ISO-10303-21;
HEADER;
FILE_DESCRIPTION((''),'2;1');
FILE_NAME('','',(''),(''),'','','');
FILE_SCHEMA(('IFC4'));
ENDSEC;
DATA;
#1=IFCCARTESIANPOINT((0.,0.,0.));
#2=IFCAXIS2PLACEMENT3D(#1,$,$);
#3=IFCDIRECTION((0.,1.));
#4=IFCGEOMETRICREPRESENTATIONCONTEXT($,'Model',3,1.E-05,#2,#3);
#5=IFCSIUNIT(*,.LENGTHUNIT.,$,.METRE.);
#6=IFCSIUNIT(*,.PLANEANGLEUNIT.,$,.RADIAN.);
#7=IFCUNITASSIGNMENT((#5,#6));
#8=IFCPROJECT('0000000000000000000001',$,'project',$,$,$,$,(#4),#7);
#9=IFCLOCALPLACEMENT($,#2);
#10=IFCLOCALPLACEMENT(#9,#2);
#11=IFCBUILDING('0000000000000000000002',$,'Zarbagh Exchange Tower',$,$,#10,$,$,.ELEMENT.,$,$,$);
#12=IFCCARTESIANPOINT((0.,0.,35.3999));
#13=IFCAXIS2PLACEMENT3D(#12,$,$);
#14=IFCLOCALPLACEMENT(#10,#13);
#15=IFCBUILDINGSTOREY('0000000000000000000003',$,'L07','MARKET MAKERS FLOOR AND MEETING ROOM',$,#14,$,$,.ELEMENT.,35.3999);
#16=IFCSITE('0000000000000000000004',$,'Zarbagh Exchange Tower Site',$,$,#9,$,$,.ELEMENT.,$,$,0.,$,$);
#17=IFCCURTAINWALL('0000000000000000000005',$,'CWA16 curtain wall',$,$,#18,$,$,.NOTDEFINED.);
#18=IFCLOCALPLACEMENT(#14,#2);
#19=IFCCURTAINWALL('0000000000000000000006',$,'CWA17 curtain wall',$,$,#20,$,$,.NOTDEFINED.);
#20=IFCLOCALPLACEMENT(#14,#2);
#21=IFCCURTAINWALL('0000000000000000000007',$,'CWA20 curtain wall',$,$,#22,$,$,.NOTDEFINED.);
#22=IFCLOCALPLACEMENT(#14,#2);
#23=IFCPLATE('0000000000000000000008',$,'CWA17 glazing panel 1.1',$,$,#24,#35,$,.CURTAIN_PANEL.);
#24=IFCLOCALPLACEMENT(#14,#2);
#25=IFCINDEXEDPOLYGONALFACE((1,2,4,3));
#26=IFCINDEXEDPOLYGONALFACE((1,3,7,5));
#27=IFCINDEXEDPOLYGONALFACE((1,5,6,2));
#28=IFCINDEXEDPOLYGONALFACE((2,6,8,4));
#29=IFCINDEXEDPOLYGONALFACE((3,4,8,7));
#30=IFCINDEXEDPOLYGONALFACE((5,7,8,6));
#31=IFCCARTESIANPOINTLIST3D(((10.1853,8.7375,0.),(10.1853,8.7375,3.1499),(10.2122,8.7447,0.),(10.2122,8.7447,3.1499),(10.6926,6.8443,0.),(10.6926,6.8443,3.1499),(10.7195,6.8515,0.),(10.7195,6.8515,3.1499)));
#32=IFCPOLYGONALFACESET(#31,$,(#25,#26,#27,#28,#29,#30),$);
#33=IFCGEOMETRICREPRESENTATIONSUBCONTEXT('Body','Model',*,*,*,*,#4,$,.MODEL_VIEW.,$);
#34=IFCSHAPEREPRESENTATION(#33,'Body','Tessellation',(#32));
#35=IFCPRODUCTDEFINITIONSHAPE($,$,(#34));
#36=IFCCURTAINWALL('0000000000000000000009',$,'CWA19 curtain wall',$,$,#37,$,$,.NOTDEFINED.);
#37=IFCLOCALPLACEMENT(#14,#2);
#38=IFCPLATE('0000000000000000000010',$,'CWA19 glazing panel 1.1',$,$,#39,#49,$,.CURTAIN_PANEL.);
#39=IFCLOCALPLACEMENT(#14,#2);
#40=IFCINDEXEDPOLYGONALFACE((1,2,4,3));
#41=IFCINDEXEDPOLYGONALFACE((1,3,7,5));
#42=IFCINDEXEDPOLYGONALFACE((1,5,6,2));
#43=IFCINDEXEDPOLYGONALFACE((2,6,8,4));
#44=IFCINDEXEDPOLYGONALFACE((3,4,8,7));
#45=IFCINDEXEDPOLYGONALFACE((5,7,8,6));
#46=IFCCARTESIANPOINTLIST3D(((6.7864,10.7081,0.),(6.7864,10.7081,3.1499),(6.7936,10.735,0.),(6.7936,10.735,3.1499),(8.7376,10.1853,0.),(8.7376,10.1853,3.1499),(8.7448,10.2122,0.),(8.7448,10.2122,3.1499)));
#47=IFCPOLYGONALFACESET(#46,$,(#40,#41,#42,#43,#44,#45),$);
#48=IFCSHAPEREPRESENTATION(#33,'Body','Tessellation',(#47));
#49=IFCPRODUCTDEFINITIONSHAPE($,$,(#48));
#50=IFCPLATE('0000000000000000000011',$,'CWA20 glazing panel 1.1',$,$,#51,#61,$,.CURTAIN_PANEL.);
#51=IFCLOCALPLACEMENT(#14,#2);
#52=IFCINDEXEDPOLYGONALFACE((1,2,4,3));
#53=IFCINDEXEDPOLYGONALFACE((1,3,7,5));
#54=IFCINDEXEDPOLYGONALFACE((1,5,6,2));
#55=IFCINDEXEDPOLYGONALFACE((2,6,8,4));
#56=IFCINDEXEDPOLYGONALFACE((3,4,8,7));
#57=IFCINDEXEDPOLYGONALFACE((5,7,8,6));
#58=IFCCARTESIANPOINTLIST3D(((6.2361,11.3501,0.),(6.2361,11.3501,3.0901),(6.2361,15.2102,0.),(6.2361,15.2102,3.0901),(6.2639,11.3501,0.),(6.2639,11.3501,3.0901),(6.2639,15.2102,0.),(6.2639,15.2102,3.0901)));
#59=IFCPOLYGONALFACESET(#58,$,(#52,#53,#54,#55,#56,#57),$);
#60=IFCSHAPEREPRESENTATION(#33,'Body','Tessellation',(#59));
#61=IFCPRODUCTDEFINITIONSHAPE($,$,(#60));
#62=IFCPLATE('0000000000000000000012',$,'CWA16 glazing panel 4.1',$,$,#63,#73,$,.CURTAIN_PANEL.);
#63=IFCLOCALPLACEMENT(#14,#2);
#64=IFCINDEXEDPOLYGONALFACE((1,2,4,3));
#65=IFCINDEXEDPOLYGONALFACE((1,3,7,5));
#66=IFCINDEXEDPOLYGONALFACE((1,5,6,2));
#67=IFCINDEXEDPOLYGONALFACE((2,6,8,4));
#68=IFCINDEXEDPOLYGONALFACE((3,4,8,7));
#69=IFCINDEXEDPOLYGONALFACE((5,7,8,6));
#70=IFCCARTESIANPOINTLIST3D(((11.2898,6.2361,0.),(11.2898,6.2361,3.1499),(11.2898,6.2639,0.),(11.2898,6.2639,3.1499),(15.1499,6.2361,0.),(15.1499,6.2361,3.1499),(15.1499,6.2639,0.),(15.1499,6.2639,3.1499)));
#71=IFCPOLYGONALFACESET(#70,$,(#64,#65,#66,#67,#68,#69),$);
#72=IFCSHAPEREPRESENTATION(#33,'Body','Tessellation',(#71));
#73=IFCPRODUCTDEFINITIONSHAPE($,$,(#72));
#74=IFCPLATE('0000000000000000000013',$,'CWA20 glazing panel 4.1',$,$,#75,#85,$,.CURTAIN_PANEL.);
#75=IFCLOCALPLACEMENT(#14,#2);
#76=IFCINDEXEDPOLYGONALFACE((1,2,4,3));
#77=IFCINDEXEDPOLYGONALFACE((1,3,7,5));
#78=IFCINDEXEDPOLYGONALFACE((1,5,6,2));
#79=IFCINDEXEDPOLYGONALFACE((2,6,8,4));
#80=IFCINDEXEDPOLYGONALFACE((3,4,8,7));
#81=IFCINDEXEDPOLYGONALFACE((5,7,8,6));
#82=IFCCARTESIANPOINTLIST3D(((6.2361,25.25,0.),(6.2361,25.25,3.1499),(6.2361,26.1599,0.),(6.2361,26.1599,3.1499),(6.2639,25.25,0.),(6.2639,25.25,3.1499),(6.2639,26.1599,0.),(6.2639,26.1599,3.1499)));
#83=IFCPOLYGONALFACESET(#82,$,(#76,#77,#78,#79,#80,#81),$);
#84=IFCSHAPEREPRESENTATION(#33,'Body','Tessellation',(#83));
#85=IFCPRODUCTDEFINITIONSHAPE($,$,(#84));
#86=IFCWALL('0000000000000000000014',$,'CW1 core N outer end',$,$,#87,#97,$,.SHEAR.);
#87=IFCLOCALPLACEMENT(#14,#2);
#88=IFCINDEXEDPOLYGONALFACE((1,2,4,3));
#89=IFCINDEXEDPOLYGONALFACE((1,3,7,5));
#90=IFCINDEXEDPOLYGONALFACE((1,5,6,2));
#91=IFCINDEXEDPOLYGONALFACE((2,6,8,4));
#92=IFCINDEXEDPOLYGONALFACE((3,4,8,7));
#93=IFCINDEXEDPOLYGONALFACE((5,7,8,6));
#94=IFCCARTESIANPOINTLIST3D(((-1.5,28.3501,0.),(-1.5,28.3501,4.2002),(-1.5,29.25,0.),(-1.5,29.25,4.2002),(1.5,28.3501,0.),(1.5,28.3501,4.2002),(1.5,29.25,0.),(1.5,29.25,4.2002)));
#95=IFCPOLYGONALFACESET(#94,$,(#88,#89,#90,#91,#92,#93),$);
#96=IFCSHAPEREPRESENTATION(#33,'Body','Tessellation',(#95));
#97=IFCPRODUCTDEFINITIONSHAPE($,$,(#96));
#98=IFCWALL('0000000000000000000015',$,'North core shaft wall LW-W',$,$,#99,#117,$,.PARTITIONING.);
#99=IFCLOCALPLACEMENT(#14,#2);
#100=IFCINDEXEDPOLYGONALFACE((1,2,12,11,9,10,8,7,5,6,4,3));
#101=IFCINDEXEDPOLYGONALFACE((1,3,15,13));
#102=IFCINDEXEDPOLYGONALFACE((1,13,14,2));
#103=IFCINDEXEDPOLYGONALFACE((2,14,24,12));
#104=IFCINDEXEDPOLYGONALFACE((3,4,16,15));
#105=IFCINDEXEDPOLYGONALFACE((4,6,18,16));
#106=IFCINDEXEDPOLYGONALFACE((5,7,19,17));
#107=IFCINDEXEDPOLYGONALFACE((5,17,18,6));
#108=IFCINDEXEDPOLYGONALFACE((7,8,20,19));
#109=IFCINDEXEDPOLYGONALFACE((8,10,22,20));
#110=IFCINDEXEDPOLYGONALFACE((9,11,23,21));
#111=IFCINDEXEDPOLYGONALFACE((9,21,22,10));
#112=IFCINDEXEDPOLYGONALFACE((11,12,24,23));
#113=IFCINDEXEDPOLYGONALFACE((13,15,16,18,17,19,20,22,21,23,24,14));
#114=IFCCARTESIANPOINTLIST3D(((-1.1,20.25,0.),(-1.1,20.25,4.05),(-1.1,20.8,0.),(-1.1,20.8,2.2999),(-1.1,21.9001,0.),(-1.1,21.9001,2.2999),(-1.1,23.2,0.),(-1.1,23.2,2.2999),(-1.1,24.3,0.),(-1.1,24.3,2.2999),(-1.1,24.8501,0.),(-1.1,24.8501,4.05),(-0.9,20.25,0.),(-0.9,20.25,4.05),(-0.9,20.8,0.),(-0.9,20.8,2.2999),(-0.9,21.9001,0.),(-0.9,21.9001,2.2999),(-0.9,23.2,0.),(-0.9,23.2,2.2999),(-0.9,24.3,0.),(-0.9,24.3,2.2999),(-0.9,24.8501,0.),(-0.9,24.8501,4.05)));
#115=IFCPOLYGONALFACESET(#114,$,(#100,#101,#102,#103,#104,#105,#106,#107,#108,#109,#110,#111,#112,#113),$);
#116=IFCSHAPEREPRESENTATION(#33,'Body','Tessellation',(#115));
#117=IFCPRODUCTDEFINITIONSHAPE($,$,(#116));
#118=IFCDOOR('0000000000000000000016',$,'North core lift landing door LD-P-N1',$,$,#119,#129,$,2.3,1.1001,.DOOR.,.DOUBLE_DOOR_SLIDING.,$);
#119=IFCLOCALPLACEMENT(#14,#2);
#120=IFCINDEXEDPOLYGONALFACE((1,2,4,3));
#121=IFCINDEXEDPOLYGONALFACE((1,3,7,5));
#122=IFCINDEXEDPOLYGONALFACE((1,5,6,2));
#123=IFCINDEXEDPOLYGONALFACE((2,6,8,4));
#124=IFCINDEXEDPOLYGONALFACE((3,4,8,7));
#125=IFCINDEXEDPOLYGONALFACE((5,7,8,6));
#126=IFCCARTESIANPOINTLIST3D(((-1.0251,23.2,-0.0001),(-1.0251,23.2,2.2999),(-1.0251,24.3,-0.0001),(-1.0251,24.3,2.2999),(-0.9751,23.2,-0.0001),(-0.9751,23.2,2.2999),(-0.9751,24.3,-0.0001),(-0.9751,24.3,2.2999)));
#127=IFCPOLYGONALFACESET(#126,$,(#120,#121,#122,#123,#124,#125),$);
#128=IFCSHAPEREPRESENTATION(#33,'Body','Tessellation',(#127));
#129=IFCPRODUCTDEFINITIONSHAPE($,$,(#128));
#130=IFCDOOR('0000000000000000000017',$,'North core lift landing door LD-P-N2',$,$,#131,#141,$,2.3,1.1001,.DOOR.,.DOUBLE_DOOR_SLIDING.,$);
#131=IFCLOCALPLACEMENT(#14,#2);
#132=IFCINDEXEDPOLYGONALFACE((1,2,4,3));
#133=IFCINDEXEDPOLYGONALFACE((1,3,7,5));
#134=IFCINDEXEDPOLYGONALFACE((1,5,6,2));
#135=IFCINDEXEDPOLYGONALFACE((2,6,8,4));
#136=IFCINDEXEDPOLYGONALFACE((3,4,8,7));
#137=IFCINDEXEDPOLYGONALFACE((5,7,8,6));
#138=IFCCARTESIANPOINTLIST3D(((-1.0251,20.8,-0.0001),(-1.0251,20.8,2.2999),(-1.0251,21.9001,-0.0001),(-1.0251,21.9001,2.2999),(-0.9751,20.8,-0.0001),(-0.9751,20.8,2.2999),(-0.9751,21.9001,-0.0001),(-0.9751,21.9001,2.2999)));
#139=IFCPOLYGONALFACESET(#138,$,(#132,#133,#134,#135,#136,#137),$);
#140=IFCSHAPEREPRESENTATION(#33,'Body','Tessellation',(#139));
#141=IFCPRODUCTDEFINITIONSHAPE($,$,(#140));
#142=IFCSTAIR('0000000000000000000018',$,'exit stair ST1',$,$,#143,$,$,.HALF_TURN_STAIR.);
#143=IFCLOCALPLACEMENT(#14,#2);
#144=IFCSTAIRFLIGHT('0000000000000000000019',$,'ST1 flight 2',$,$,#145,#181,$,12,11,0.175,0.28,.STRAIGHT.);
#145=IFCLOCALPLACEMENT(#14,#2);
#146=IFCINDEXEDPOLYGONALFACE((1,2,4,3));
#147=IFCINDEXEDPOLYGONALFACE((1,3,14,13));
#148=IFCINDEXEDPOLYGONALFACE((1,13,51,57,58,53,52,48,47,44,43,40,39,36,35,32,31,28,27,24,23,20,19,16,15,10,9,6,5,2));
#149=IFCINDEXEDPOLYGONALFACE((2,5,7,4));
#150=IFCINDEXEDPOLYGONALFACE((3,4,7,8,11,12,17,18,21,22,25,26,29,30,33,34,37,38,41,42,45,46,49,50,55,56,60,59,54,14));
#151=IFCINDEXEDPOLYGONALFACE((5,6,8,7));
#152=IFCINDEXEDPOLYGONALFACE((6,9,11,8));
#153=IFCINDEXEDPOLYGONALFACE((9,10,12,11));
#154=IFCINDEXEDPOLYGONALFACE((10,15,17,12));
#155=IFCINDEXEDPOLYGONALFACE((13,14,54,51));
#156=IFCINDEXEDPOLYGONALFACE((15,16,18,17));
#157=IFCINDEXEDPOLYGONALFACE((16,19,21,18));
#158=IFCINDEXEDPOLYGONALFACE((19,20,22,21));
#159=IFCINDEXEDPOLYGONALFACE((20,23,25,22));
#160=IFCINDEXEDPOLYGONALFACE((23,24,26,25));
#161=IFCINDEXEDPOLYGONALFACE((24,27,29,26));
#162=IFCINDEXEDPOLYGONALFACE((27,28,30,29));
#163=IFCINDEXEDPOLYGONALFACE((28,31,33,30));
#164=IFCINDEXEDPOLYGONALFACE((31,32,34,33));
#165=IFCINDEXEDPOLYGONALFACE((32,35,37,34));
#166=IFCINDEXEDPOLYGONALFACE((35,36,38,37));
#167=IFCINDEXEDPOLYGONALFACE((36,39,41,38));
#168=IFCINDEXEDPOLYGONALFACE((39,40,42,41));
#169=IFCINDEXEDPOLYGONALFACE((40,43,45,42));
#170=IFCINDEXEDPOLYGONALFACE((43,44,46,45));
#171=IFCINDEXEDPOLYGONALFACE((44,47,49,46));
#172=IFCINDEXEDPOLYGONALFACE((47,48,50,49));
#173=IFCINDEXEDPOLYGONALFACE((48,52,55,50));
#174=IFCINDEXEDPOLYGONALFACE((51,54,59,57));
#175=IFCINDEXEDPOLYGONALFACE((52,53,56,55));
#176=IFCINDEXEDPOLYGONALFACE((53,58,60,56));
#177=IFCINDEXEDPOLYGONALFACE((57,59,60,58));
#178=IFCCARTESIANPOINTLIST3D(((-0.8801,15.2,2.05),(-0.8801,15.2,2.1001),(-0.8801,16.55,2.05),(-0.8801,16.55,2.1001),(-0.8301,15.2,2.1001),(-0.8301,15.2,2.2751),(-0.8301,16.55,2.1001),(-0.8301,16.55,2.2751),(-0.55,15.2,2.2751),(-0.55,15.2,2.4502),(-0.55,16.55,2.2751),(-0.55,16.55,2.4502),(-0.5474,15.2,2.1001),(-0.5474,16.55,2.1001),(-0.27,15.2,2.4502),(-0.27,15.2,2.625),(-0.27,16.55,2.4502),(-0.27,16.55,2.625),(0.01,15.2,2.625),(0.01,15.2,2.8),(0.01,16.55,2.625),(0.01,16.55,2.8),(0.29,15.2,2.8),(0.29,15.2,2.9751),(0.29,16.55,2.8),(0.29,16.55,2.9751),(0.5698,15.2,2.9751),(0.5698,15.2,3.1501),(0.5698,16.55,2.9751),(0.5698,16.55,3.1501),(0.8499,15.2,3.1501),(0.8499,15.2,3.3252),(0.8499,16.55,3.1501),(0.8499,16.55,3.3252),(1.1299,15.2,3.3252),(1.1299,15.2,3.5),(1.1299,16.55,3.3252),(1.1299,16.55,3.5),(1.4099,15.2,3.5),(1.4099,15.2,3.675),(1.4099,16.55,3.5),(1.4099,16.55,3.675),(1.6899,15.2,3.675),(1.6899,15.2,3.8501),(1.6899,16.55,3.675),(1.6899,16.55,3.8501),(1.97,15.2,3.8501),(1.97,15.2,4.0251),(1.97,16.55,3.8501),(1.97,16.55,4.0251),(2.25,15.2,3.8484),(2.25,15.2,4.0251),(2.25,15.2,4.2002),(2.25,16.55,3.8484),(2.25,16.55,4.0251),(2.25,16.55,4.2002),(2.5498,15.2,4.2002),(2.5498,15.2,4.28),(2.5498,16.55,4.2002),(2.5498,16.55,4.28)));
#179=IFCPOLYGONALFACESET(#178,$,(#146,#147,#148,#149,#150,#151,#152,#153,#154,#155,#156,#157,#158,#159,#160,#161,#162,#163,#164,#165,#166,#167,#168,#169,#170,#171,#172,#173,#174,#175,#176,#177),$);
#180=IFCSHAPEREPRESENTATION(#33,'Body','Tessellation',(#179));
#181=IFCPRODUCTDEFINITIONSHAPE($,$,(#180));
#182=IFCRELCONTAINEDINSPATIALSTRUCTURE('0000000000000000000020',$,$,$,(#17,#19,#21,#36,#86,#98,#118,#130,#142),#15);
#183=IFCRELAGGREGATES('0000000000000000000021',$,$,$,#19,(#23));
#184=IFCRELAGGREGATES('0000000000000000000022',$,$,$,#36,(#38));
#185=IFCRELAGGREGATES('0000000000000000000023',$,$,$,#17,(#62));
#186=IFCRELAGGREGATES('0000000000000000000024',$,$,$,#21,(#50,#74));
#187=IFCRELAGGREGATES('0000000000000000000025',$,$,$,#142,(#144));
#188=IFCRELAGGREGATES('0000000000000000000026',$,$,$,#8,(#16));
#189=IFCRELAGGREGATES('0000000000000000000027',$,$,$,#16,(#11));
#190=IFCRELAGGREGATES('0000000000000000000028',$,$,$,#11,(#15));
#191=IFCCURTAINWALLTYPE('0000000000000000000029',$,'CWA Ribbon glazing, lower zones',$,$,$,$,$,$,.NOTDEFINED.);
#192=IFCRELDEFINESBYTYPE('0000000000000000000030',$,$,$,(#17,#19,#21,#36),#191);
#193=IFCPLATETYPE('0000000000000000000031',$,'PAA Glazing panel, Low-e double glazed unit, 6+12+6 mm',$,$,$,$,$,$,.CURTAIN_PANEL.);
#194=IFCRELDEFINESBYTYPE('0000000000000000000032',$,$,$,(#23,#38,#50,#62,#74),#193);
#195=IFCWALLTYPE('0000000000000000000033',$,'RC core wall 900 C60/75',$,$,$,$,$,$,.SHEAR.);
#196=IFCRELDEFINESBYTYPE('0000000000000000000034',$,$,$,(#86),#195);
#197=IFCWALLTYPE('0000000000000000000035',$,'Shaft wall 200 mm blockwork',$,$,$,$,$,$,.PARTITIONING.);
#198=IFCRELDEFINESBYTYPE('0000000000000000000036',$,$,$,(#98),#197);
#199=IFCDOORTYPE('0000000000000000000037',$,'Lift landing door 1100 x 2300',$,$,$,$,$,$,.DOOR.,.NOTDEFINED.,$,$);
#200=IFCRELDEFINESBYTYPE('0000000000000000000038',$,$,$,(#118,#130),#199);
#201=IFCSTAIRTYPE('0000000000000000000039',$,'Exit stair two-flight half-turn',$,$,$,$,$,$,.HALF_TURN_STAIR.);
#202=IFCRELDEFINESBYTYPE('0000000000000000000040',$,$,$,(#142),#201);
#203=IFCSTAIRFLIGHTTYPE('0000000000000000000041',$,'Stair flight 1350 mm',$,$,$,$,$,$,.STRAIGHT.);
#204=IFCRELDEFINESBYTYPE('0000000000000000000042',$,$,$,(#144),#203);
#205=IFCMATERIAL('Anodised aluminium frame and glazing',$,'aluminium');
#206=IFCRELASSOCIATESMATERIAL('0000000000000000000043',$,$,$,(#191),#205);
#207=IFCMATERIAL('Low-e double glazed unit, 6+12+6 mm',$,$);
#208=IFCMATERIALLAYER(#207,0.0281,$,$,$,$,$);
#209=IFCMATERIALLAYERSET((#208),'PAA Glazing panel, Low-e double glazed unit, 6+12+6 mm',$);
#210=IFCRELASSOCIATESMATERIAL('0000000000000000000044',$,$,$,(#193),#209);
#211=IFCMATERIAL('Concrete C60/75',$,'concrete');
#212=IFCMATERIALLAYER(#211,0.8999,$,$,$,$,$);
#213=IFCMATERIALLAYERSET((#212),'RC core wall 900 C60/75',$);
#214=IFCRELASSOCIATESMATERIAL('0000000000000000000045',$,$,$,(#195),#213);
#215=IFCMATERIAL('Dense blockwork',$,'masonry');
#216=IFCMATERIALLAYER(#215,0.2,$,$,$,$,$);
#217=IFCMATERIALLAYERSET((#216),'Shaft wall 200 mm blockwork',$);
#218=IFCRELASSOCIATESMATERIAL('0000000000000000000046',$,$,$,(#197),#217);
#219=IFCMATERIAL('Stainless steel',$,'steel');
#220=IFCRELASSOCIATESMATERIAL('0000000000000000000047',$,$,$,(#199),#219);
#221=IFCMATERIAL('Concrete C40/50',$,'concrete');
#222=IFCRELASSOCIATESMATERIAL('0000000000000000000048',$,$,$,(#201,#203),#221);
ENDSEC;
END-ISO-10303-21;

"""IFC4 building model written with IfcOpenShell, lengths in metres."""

from ifc_helpers import new_model, si_unit, direction, frame, frame_2d, origin, place, context, subcontext, project, spatial, polyline, rectangle, outline, extrude, source, transform, mapped, material, layer, layer_set, type_object, element, fill, aggregate, save


model = new_model("IFC4")

# Units and contexts
model_context = context("Model", 3, precision=1e-05, world=origin(), true_north=direction((0.0, 1.0)))
body_context = subcontext(model_context, "Body", "Model", "MODEL_VIEW")
ifc_project = project(units=[si_unit("LENGTHUNIT", "METRE"), si_unit("PLANEANGLEUNIT", "RADIAN")], contexts=[model_context])

# Site, building, storey
site_placement = place(None, origin())
site = spatial("IfcSite", under=ifc_project, at=site_placement, Name="Zarbagh Exchange Tower Site", CompositionType="ELEMENT", RefElevation=0.0)
building_placement = place(site_placement, origin())
building = spatial("IfcBuilding", under=site, at=building_placement, Name="Zarbagh Exchange Tower", CompositionType="ELEMENT")
storey_placement = place(building_placement, frame((0.0, 0.0, 35.3999)))
storey = spatial("IfcBuildingStorey", under=building, at=storey_placement, Name="L07", Description="MARKET MAKERS FLOOR AND MEETING ROOM", CompositionType="ELEMENT", Elevation=35.3999)

# Shared definitions
ifc_material_1 = material(Name="Concrete C60/75", Category="concrete")

# Curtain wall
ifc_material_2 = material(Name="Anodised aluminium frame and glazing", Category="aluminium")
curtain_wall_type = type_object("IfcCurtainWallType", Name="CWA Ribbon glazing, lower zones", PredefinedType="NOTDEFINED", material=ifc_material_2)
curtain_wall_1_placement = place(storey_placement, origin())
curtain_wall_1 = element("IfcCurtainWall", 1, at=curtain_wall_1_placement, inside=storey, type_object=curtain_wall_type, Name="CWA16 curtain wall", PredefinedType="NOTDEFINED")
placement = place(storey_placement, origin())

# Curtain wall
curtain_wall_2_placement = place(storey_placement, origin())
curtain_wall_2 = element("IfcCurtainWall", 2, at=curtain_wall_2_placement, inside=storey, type_object=curtain_wall_type, Name="CWA17 curtain wall", PredefinedType="NOTDEFINED")

# Curtain wall
curtain_wall_3_placement = place(storey_placement, origin())
curtain_wall_3 = element("IfcCurtainWall", 3, at=curtain_wall_3_placement, inside=storey, type_object=curtain_wall_type, Name="CWA20 curtain wall", PredefinedType="NOTDEFINED")

# Shared definitions
ifc_material_3 = material(Name="Low-e double glazed unit, 6+12+6 mm")
ifc_layer_1 = layer(ifc_material_3, 0.0281)
ifc_layer_set_1 = layer_set([ifc_layer_1], Name="PAA Glazing panel, Low-e double glazed unit, 6+12+6 mm")
plate_type = type_object("IfcPlateType", Name="PAA Glazing panel, Low-e double glazed unit, 6+12+6 mm", PredefinedType="CURTAIN_PANEL", material=ifc_layer_set_1)

# Plate
shared_shape_1 = source(origin(), body_context, "Body", "SweptSolid", [
    extrude(outline(polyline([(0.0, -0.0139), (1.96, -0.0139), (1.96, 0.0139), (0.0, 0.0139), (0.0, -0.0139)])), origin(), (0.0, 0.0, 1.0), 3.1499),
])
plate_1 = element("IfcPlate", 4, at=placement, type_object=plate_type, Name="CWA17 glazing panel 1.1", PredefinedType="CURTAIN_PANEL", context=body_context, shape_type="MappedRepresentation", body=[
    mapped(shared_shape_1, transform((10.7061, 6.8479, 0.0), x_axis=(-0.258825, 0.965924, 0.0), y_axis=(-0.965924, -0.258825, 0.0), z_axis=(0.0, 0.0, 1.0))),
])
aggregate(curtain_wall_2, [plate_1])

# Curtain wall, plate
curtain_wall_4_placement = place(storey_placement, origin())
curtain_wall_4 = element("IfcCurtainWall", 5, at=curtain_wall_4_placement, inside=storey, type_object=curtain_wall_type, Name="CWA19 curtain wall", PredefinedType="NOTDEFINED")
shared_shape_2 = source(origin(), body_context, "Body", "SweptSolid", [
    extrude(outline(polyline([(0.0, -0.0139), (2.02, -0.0139), (2.02, 0.0139), (0.0, 0.0139), (0.0, -0.0139)])), origin(), (0.0, 0.0, 1.0), 3.1499),
])
plate_2 = element("IfcPlate", 6, at=placement, type_object=plate_type, Name="CWA19 glazing panel 1.1", PredefinedType="CURTAIN_PANEL", context=body_context, shape_type="MappedRepresentation", body=[
    mapped(shared_shape_2, transform((8.7412, 10.1987, 0.0), x_axis=(-0.965924, 0.258825, 0.0), y_axis=(-0.258825, -0.965924, 0.0), z_axis=(0.0, 0.0, 1.0))),
])
aggregate(curtain_wall_4, [plate_2])

# Plates
shared_shape_3 = source(origin(), body_context, "Body", "SweptSolid", [
    extrude(outline(polyline([(0.0, -0.0139), (3.8601, -0.0139), (3.8601, 0.0139), (0.0, 0.0139), (0.0, -0.0139)])), origin(), (0.0, 0.0, 1.0), 3.0901),
])
plate_3 = element("IfcPlate", 7, at=placement, type_object=plate_type, Name="CWA20 glazing panel 1.1", PredefinedType="CURTAIN_PANEL", context=body_context, shape_type="MappedRepresentation", body=[
    mapped(shared_shape_3, transform((6.25, 11.3501, 0.0), x_axis=(0.0, 1.0, 0.0), y_axis=(-1.0, 0.0, 0.0), z_axis=(0.0, 0.0, 1.0))),
])
shared_shape_4 = source(origin(), body_context, "Body", "SweptSolid", [
    extrude(outline(polyline([(0.0, -0.0139), (3.8601, -0.0139), (3.8601, 0.0139), (0.0, 0.0139), (0.0, -0.0139)])), origin(), (0.0, 0.0, 1.0), 3.1499),
])
plate_4 = element("IfcPlate", 8, at=placement, type_object=plate_type, Name="CWA16 glazing panel 4.1", PredefinedType="CURTAIN_PANEL", context=body_context, shape_type="MappedRepresentation", body=[
    mapped(shared_shape_4, transform((15.1499, 6.25, 0.0), x_axis=(-1.0, 0.0, 0.0), y_axis=(0.0, -1.0, 0.0), z_axis=(0.0, 0.0, 1.0))),
])
aggregate(curtain_wall_1, [plate_4])
shared_shape_5 = source(origin(), body_context, "Body", "SweptSolid", [
    extrude(outline(polyline([(0.0, -0.0139), (0.9099, -0.0139), (0.9099, 0.0139), (0.0, 0.0139), (0.0, -0.0139)])), origin(), (0.0, 0.0, 1.0), 3.1499),
])
plate_5 = element("IfcPlate", 9, at=placement, type_object=plate_type, Name="CWA20 glazing panel 4.1", PredefinedType="CURTAIN_PANEL", context=body_context, shape_type="MappedRepresentation", body=[
    mapped(shared_shape_5, transform((6.25, 25.25, 0.0), x_axis=(0.0, 1.0, 0.0), y_axis=(-1.0, 0.0, 0.0), z_axis=(0.0, 0.0, 1.0))),
])
aggregate(curtain_wall_3, [plate_3, plate_5])

# Wall
ifc_layer_2 = layer(ifc_material_1, 0.8999)
ifc_layer_set_2 = layer_set([ifc_layer_2], Name="RC core wall 900 C60/75")
wall_type_1 = type_object("IfcWallType", Name="RC core wall 900 C60/75", PredefinedType="SHEAR", material=ifc_layer_set_2)
wall_1_placement = place(storey_placement, frame((-1.5, 28.8, 0.0), z_axis=(0.0, 0.0, 1.0), x_axis=(1.0, 0.0, 0.0)))
element("IfcWall", 10, at=wall_1_placement, inside=storey, type_object=wall_type_1, Name="CW1 core N outer end", PredefinedType="SHEAR", context=body_context, shape_type="SweptSolid", body=[
    extrude(rectangle(XDim=3.0, YDim=0.8999, at=frame_2d((1.5, 0.0))), origin(), (0.0, 0.0, 1.0), 4.2002),
])

# Wall, openings, doors
ifc_material_4 = material(Name="Dense blockwork", Category="masonry")
ifc_layer_3 = layer(ifc_material_4, 0.2)
ifc_layer_set_3 = layer_set([ifc_layer_3], Name="Shaft wall 200 mm blockwork")
wall_type_2 = type_object("IfcWallType", Name="Shaft wall 200 mm blockwork", PredefinedType="PARTITIONING", material=ifc_layer_set_3)
wall_2_placement = place(storey_placement, frame((-1.0, 24.8501, 0.0), z_axis=(0.0, 0.0, 1.0), x_axis=(0.0, -1.0, 0.0)))
wall_2 = element("IfcWall", 11, at=wall_2_placement, inside=storey, type_object=wall_type_2, Name="North core shaft wall LW-W", PredefinedType="PARTITIONING", context=body_context, shape_type="SweptSolid", body=[
    extrude(rectangle(XDim=4.6001, YDim=0.2, at=frame_2d((2.3, 0.0))), origin(), (0.0, 0.0, 1.0), 4.05),
])
opening_1_placement = place(wall_2_placement, frame((0.55, 0.0, 0.0)))
opening_1 = element("IfcOpeningElement", 12, at=opening_1_placement, cuts=wall_2, PredefinedType="OPENING", context=body_context, shape_type="SweptSolid", body=[
    extrude(rectangle(XDim=1.1001, YDim=2.3, at=frame_2d((0.55, 1.1499))), frame((0.0, 0.1099, 0.0), z_axis=(0.0, -1.0, 0.0), x_axis=(1.0, 0.0, 0.0)), (0.0, 0.0, 1.0), 0.22),
])
opening_2_placement = place(wall_2_placement, frame((2.95, 0.0, 0.0)))
opening_2 = element("IfcOpeningElement", 13, at=opening_2_placement, cuts=wall_2, PredefinedType="OPENING", context=body_context, shape_type="SweptSolid", body=[
    extrude(rectangle(XDim=1.1001, YDim=2.3, at=frame_2d((0.55, 1.1499))), frame((0.0, 0.1099, 0.0), z_axis=(0.0, -1.0, 0.0), x_axis=(1.0, 0.0, 0.0)), (0.0, 0.0, 1.0), 0.22),
])
ifc_material_5 = material(Name="Stainless steel", Category="steel")
door_type = type_object("IfcDoorType", Name="Lift landing door 1100 x 2300", OperationType="NOTDEFINED", PredefinedType="DOOR", material=ifc_material_5)
door_1_placement = place(opening_1_placement, origin())
door_1 = element("IfcDoor", 14, at=door_1_placement, inside=storey, type_object=door_type, Name="North core lift landing door LD-P-N1", OperationType="DOUBLE_DOOR_SLIDING", OverallHeight=2.3, OverallWidth=1.1001, PredefinedType="DOOR", context=body_context, shape_type="SweptSolid", body=[
    extrude(rectangle(XDim=1.1001, YDim=2.3, at=frame_2d((0.55, 1.1499))), frame((0.0, 0.0249, 0.0), z_axis=(0.0, -1.0, 0.0), x_axis=(1.0, 0.0, 0.0)), (0.0, 0.0, 1.0), 0.05),
])
fill(opening_1, door_1)
door_2_placement = place(opening_2_placement, origin())
door_2 = element("IfcDoor", 15, at=door_2_placement, inside=storey, type_object=door_type, Name="North core lift landing door LD-P-N2", OperationType="DOUBLE_DOOR_SLIDING", OverallHeight=2.3, OverallWidth=1.1001, PredefinedType="DOOR", context=body_context, shape_type="SweptSolid", body=[
    extrude(rectangle(XDim=1.1001, YDim=2.3, at=frame_2d((0.55, 1.1499))), frame((0.0, 0.0249, 0.0), z_axis=(0.0, -1.0, 0.0), x_axis=(1.0, 0.0, 0.0)), (0.0, 0.0, 1.0), 0.05),
])
fill(opening_2, door_2)

# Stair, stair flight
ifc_material_6 = material(Name="Concrete C40/50", Category="concrete")
stair_type = type_object("IfcStairType", Name="Exit stair two-flight half-turn", PredefinedType="HALF_TURN_STAIR", material=ifc_material_6)
stair_placement = place(storey_placement, origin())
stair = element("IfcStair", 16, at=stair_placement, inside=storey, type_object=stair_type, Name="exit stair ST1", PredefinedType="HALF_TURN_STAIR")
stair_flight_type = type_object("IfcStairFlightType", Name="Stair flight 1350 mm", PredefinedType="STRAIGHT", material=ifc_material_6)
stair_flight_placement = place(storey_placement, frame((-0.8301, 15.875, 2.1001), z_axis=(0.0, 0.0, 1.0), x_axis=(1.0, 0.0, 0.0)))
stair_flight = element("IfcStairFlight", 17, at=stair_flight_placement, type_object=stair_flight_type, Name="ST1 flight 2", NumberOfRisers=12, NumberOfTreads=11, PredefinedType="STRAIGHT", RiserHeight=0.175, TreadLength=0.28, context=body_context, shape_type="SweptSolid", body=[
    extrude(outline(polyline([(-0.05, -0.05), (-0.05, 0.0), (0.0, 0.0), (0.0, 0.175), (0.28, 0.175), (0.28, 0.3501), (0.5601, 0.3501), (0.5601, 0.5249), (0.8401, 0.5249), (0.8401, 0.7), (1.1201, 0.7), (1.1201, 0.875), (1.3999, 0.875), (1.3999, 1.05), (1.6799, 1.05), (1.6799, 1.2251), (1.96, 1.2251), (1.96, 1.3999), (2.24, 1.3999), (2.24, 1.575), (2.52, 1.575), (2.52, 1.75), (2.8, 1.75), (2.8, 1.925), (3.0801, 1.925), (3.0801, 2.1001), (3.3799, 2.1799), (3.3799, 2.1001), (3.0801, 1.7483), (0.2827, 0.0), (-0.05, -0.05)])), frame((0.0, 0.675, 0.0), z_axis=(0.0, -1.0, 0.0), x_axis=(1.0, 0.0, 0.0)), (0.0, 0.0, 1.0), 1.3501),
])
aggregate(stair, [stair_flight])

save(model, "model.ifc")
